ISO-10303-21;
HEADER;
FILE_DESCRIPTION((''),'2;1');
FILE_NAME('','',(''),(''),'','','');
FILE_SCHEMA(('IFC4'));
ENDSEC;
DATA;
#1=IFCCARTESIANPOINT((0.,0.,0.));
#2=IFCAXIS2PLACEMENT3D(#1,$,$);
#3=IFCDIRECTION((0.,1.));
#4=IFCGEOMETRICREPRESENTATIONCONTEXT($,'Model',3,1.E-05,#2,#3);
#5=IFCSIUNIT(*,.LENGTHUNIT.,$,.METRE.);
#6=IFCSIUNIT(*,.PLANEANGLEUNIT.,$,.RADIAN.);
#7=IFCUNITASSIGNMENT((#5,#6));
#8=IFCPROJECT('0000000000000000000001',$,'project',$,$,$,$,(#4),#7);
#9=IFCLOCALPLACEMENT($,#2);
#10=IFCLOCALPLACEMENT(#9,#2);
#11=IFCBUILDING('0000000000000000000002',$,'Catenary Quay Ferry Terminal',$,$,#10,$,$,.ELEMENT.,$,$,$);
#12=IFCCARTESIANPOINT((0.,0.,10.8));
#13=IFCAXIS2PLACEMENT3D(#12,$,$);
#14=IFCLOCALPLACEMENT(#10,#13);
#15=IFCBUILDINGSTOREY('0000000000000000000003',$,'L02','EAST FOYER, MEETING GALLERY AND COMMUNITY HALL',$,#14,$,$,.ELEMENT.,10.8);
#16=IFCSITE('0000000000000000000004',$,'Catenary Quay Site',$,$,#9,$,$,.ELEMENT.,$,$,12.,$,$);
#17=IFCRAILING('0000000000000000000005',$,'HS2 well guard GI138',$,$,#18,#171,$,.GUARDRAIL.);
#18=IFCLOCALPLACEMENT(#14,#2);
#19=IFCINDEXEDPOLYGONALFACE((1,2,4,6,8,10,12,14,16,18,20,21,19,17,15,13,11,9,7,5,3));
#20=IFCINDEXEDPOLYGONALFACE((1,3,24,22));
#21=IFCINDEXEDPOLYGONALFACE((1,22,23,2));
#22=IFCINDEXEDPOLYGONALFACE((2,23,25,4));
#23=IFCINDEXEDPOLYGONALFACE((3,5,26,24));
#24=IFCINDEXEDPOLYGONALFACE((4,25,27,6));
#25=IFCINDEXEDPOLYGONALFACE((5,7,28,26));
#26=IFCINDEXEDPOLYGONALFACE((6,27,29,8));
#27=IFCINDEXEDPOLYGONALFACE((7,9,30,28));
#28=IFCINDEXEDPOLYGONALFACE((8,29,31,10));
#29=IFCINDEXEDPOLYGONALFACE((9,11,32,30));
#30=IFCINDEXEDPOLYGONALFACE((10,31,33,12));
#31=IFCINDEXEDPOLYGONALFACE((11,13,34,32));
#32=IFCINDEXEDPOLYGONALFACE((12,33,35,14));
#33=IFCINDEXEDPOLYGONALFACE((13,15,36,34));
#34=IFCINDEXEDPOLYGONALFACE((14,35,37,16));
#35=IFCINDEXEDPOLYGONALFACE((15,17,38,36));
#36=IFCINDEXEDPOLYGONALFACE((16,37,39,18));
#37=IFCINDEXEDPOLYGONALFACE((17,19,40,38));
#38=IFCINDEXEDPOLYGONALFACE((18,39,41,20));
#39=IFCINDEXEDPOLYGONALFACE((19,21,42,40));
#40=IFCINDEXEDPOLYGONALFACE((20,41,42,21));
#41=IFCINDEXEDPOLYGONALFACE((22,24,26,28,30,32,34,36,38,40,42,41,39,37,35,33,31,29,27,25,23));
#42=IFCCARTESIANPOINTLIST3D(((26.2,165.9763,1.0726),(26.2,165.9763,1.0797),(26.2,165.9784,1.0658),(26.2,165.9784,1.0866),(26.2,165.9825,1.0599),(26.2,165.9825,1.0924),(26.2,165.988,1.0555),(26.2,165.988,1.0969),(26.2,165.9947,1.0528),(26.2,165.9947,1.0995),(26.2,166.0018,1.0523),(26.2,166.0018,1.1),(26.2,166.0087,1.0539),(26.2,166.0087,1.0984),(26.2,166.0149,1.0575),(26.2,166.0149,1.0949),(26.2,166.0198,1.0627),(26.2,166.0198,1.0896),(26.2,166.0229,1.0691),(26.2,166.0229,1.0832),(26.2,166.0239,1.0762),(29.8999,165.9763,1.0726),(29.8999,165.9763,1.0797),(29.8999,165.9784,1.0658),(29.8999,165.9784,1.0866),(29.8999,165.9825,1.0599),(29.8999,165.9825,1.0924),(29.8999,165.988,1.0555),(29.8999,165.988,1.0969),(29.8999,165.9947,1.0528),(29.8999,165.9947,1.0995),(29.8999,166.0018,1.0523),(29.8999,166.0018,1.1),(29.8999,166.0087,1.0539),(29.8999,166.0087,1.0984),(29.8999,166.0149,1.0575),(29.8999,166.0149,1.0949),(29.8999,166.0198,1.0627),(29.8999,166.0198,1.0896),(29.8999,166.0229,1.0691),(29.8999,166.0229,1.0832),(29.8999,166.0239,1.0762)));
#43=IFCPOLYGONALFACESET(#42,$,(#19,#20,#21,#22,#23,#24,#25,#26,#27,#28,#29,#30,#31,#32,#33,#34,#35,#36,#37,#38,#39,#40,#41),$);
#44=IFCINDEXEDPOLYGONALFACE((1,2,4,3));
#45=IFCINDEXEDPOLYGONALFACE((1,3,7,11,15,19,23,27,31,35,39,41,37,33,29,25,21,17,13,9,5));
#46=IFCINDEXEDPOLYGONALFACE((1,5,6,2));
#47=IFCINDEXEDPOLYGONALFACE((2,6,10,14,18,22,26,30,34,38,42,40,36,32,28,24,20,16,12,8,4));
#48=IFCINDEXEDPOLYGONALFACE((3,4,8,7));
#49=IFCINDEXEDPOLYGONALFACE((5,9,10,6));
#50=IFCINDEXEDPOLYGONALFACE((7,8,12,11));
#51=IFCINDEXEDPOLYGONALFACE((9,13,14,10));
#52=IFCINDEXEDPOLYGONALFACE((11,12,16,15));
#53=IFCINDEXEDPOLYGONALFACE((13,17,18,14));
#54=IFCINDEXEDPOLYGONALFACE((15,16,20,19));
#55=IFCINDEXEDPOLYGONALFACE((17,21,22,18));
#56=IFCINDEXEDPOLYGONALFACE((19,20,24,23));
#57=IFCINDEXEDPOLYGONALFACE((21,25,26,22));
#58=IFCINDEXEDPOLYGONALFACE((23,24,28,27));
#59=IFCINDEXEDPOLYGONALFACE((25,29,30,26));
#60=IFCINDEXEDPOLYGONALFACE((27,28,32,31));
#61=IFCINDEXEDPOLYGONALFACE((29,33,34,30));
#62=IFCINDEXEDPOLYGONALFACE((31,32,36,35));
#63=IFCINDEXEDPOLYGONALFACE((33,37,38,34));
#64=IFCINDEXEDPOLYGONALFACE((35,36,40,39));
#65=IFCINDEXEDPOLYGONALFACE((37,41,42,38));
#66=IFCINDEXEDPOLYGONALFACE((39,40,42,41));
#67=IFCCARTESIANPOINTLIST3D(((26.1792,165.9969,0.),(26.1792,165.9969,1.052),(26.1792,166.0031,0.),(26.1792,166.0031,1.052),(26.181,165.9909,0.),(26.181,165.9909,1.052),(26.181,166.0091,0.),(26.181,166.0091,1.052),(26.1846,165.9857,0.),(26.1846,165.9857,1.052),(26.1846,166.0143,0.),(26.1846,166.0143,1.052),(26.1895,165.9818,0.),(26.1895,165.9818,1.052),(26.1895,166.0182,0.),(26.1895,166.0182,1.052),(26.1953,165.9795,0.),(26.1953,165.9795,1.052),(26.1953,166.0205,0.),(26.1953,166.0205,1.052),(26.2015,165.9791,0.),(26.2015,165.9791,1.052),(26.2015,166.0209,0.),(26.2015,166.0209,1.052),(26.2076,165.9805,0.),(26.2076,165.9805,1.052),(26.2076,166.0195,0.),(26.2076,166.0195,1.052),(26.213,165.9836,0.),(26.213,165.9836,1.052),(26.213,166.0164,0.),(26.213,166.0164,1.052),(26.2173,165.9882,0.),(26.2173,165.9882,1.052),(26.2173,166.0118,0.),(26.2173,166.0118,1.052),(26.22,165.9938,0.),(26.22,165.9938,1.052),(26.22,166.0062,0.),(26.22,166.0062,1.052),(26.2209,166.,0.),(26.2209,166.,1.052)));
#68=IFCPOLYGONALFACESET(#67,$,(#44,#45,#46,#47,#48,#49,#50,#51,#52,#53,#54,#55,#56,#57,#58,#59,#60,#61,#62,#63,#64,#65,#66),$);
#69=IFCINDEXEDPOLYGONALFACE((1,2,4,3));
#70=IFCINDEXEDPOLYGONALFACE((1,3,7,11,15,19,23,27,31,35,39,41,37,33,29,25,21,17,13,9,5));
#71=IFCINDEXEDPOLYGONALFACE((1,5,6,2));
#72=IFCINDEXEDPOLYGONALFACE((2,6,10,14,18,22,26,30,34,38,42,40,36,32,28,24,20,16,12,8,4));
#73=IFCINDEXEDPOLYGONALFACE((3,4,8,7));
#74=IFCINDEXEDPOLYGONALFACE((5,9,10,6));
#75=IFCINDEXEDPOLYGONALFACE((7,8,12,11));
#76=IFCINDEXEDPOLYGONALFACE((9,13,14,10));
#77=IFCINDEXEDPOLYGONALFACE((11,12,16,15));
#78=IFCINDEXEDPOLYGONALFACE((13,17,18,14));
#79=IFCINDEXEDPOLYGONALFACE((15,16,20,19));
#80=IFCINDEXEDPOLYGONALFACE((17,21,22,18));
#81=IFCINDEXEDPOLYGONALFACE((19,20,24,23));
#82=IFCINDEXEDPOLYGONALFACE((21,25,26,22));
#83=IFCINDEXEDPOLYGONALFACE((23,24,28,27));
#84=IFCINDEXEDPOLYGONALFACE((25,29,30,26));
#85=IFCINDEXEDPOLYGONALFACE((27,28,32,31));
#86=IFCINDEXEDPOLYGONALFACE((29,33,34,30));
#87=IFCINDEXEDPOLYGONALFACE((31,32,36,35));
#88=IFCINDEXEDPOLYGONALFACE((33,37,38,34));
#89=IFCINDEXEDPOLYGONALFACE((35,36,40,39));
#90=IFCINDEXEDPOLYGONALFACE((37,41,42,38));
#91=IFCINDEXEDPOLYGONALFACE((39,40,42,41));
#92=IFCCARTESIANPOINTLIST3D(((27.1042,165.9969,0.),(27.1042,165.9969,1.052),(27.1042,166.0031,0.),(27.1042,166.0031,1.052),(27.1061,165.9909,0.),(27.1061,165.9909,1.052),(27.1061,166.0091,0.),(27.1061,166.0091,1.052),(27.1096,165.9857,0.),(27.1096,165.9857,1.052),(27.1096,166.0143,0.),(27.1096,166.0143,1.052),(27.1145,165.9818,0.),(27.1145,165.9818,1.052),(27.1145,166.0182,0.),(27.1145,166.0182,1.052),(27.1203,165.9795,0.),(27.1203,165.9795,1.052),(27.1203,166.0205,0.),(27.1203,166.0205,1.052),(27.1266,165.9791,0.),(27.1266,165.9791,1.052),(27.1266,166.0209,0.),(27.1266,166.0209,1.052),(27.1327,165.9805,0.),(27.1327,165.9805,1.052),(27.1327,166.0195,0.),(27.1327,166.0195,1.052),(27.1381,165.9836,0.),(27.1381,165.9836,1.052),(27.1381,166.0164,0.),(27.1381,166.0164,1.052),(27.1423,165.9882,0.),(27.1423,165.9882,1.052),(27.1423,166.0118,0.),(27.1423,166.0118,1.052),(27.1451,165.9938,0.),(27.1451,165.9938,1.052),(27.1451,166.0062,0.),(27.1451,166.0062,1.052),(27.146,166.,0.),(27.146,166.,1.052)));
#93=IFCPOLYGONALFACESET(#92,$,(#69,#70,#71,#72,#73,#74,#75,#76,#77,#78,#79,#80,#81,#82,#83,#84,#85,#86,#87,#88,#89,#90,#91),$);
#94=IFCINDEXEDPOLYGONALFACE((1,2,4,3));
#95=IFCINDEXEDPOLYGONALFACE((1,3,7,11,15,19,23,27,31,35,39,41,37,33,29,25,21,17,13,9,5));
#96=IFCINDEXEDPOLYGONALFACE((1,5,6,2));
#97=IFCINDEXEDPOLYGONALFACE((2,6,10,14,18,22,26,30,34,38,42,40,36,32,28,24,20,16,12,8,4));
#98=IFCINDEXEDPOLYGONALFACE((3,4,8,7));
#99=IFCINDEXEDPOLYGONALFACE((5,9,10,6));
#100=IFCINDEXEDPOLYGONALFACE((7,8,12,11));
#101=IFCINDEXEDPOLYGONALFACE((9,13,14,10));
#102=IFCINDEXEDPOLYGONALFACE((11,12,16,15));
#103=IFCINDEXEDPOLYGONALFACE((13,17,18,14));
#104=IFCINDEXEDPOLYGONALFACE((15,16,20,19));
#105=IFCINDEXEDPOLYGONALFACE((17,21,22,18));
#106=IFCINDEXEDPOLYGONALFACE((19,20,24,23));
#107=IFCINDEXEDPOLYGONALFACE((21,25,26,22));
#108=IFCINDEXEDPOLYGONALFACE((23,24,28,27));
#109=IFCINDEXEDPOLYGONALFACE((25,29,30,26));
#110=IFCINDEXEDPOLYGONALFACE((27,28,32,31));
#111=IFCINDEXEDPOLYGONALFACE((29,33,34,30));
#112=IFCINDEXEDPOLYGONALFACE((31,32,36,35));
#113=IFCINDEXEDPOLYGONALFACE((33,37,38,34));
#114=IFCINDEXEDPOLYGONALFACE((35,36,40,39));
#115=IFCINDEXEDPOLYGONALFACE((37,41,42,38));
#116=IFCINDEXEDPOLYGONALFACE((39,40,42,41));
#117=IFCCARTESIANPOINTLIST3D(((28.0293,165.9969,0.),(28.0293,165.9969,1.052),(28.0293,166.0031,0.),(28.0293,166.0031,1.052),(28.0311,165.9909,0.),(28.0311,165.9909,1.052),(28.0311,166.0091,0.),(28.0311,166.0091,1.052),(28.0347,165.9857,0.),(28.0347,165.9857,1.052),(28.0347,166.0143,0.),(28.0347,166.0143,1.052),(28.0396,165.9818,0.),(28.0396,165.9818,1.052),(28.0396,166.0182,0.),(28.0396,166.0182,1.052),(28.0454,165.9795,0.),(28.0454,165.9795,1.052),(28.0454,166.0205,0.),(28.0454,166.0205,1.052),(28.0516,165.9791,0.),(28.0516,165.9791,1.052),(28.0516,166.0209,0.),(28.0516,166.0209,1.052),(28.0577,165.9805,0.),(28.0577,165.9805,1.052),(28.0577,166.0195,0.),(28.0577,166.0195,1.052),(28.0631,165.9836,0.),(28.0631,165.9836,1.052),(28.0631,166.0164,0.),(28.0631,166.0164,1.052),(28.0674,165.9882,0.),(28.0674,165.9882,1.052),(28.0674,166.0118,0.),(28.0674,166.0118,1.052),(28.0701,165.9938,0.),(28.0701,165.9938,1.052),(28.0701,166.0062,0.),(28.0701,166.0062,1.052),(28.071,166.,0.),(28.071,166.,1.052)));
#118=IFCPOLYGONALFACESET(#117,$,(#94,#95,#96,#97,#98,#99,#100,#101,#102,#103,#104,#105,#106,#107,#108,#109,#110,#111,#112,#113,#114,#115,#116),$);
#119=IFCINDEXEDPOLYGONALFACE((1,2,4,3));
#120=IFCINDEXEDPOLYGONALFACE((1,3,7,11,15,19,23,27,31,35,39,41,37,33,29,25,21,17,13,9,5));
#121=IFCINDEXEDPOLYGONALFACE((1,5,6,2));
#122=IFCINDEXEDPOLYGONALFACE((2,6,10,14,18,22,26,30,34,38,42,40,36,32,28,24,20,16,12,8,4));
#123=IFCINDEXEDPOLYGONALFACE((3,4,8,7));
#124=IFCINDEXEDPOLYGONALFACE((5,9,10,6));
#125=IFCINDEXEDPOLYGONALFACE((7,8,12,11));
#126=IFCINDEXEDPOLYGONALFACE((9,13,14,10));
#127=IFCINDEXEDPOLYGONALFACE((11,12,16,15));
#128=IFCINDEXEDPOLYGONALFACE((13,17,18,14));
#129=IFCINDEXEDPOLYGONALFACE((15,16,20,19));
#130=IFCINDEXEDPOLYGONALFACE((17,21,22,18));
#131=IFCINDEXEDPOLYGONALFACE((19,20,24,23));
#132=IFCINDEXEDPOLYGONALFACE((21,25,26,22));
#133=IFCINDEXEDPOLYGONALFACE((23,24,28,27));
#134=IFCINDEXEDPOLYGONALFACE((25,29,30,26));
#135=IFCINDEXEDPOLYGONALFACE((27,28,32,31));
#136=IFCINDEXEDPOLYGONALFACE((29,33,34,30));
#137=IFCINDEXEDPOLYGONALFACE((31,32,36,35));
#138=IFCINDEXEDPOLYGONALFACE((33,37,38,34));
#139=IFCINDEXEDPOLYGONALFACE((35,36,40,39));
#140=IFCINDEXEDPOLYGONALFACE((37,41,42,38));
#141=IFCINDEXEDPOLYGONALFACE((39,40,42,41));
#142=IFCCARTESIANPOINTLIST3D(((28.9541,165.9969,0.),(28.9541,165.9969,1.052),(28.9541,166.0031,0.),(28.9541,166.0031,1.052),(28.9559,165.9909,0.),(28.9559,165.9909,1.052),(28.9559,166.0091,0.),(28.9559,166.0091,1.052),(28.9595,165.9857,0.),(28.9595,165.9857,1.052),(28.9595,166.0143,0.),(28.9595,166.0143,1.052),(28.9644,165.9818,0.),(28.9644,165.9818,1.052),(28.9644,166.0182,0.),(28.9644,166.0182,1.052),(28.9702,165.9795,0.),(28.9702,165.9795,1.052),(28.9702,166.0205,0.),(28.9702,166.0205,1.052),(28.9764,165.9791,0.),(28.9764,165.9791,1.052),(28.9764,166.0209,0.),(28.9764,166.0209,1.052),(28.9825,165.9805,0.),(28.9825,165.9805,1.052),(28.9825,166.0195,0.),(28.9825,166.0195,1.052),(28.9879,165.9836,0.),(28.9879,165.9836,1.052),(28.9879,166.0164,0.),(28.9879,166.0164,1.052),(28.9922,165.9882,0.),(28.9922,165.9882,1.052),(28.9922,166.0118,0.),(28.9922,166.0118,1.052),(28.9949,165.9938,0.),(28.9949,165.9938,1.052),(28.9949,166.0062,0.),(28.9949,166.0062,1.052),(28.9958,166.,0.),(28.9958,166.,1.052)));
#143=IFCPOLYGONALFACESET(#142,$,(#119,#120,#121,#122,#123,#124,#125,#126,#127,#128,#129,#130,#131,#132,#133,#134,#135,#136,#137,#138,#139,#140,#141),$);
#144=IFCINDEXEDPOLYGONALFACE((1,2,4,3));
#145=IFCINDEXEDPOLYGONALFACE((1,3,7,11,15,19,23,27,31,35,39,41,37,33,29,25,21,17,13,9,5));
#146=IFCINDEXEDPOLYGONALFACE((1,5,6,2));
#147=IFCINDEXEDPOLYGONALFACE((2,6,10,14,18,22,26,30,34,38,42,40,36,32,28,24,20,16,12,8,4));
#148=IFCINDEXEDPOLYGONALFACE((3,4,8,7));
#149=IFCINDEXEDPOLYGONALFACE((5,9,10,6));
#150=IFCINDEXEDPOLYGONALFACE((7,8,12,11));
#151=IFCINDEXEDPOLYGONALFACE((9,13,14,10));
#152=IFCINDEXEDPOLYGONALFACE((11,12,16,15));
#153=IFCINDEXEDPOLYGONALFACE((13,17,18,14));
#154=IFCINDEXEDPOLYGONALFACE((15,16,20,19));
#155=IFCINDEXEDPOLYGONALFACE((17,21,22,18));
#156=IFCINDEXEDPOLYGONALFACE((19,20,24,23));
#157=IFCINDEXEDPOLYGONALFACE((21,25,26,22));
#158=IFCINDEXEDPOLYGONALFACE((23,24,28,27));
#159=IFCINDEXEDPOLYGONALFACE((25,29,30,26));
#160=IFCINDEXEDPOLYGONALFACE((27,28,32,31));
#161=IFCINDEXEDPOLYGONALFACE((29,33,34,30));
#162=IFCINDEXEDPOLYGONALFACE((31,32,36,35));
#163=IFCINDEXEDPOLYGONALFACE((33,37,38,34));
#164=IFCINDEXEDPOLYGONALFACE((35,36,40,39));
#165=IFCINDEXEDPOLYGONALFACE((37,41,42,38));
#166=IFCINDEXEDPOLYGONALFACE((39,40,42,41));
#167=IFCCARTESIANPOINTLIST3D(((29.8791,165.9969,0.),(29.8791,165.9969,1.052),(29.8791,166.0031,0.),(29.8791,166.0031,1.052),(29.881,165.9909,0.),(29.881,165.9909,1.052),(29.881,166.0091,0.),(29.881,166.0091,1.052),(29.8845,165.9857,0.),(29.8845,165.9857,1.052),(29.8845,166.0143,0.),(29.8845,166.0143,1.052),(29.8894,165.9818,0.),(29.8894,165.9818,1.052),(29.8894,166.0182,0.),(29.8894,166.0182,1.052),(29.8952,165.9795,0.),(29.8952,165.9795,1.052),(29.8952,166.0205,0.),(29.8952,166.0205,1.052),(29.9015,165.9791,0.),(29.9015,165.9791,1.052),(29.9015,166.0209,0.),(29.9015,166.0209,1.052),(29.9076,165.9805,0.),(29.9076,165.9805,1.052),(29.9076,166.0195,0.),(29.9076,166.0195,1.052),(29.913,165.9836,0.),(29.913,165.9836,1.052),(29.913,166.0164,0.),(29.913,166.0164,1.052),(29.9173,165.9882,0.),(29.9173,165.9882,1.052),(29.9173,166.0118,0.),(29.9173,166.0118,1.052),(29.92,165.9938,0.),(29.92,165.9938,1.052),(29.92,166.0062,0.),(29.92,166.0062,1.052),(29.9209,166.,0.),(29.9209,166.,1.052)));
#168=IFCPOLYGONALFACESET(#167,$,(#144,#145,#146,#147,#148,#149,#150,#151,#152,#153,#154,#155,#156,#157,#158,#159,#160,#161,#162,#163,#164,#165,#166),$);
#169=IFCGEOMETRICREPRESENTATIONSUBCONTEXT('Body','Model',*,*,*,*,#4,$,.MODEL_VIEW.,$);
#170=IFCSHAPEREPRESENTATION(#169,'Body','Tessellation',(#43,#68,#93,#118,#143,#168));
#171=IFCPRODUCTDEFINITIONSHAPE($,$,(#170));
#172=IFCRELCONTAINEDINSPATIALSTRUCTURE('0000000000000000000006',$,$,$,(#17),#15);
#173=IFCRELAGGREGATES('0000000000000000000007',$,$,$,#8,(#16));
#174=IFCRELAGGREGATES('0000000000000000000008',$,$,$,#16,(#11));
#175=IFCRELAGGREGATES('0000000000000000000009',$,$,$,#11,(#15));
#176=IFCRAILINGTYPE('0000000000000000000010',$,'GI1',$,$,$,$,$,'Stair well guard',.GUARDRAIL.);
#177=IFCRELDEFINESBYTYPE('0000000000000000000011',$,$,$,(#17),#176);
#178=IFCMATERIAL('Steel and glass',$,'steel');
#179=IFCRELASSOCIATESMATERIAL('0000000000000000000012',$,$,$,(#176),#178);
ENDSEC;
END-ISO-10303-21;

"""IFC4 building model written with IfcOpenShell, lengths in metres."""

from ifc_helpers import new_model, si_unit, direction, frame, origin, origin_2d, place, context, subcontext, project, spatial, circle, extrude, material, type_object, element, save


model = new_model("IFC4")

# Units and contexts
model_context = context("Model", 3, precision=1e-05, world=origin(), true_north=direction((0.0, 1.0)))
body_context = subcontext(model_context, "Body", "Model", "MODEL_VIEW")
ifc_project = project(units=[si_unit("LENGTHUNIT", "METRE"), si_unit("PLANEANGLEUNIT", "RADIAN")], contexts=[model_context])

# Site, building, storey
site_placement = place(None, origin())
site = spatial("IfcSite", under=ifc_project, at=site_placement, Name="Catenary Quay Site", CompositionType="ELEMENT", RefElevation=12.0)
building_placement = place(site_placement, origin())
building = spatial("IfcBuilding", under=site, at=building_placement, Name="Catenary Quay Ferry Terminal", CompositionType="ELEMENT")
storey_placement = place(building_placement, frame((0.0, 0.0, 10.8)))
storey = spatial("IfcBuildingStorey", under=building, at=storey_placement, Name="L02", Description="EAST FOYER, MEETING GALLERY AND COMMUNITY HALL", CompositionType="ELEMENT", Elevation=10.8)

# Railing
ifc_material_1 = material(Name="Steel and glass", Category="steel")
railing_type_1 = type_object("IfcRailingType", Name="GI1", ElementType="Stair well guard", PredefinedType="GUARDRAIL", material=ifc_material_1)
railing_1_placement = place(storey_placement, frame((26.2, 166.0, 0.0)))
element("IfcRailing", 1, at=railing_1_placement, inside=storey, type_object=railing_type_1, Name="HS2 well guard GI138", PredefinedType="GUARDRAIL", context=body_context, shape_type="SweptSolid", body=[
    extrude(circle(Radius=0.0239, at=origin_2d()), frame((0.0, 0.0, 1.0762), z_axis=(1.0, 0.0, 0.0), x_axis=(0.0, 1.0, 0.0)), (0.0, 0.0, 1.0), 3.7),
    extrude(circle(Radius=0.021, at=origin_2d()), origin(), (0.0, 0.0, 1.0), 1.052),
    extrude(circle(Radius=0.021, at=origin_2d()), frame((0.925, 0.0, 0.0)), (0.0, 0.0, 1.0), 1.052),
    extrude(circle(Radius=0.021, at=origin_2d()), frame((1.8501, 0.0, 0.0)), (0.0, 0.0, 1.0), 1.052),
    extrude(circle(Radius=0.021, at=origin_2d()), frame((2.7749, 0.0, 0.0)), (0.0, 0.0, 1.0), 1.052),
    extrude(circle(Radius=0.021, at=origin_2d()), frame((3.7, 0.0, 0.0)), (0.0, 0.0, 1.0), 1.052),
])

save(model, "model.ifc")
